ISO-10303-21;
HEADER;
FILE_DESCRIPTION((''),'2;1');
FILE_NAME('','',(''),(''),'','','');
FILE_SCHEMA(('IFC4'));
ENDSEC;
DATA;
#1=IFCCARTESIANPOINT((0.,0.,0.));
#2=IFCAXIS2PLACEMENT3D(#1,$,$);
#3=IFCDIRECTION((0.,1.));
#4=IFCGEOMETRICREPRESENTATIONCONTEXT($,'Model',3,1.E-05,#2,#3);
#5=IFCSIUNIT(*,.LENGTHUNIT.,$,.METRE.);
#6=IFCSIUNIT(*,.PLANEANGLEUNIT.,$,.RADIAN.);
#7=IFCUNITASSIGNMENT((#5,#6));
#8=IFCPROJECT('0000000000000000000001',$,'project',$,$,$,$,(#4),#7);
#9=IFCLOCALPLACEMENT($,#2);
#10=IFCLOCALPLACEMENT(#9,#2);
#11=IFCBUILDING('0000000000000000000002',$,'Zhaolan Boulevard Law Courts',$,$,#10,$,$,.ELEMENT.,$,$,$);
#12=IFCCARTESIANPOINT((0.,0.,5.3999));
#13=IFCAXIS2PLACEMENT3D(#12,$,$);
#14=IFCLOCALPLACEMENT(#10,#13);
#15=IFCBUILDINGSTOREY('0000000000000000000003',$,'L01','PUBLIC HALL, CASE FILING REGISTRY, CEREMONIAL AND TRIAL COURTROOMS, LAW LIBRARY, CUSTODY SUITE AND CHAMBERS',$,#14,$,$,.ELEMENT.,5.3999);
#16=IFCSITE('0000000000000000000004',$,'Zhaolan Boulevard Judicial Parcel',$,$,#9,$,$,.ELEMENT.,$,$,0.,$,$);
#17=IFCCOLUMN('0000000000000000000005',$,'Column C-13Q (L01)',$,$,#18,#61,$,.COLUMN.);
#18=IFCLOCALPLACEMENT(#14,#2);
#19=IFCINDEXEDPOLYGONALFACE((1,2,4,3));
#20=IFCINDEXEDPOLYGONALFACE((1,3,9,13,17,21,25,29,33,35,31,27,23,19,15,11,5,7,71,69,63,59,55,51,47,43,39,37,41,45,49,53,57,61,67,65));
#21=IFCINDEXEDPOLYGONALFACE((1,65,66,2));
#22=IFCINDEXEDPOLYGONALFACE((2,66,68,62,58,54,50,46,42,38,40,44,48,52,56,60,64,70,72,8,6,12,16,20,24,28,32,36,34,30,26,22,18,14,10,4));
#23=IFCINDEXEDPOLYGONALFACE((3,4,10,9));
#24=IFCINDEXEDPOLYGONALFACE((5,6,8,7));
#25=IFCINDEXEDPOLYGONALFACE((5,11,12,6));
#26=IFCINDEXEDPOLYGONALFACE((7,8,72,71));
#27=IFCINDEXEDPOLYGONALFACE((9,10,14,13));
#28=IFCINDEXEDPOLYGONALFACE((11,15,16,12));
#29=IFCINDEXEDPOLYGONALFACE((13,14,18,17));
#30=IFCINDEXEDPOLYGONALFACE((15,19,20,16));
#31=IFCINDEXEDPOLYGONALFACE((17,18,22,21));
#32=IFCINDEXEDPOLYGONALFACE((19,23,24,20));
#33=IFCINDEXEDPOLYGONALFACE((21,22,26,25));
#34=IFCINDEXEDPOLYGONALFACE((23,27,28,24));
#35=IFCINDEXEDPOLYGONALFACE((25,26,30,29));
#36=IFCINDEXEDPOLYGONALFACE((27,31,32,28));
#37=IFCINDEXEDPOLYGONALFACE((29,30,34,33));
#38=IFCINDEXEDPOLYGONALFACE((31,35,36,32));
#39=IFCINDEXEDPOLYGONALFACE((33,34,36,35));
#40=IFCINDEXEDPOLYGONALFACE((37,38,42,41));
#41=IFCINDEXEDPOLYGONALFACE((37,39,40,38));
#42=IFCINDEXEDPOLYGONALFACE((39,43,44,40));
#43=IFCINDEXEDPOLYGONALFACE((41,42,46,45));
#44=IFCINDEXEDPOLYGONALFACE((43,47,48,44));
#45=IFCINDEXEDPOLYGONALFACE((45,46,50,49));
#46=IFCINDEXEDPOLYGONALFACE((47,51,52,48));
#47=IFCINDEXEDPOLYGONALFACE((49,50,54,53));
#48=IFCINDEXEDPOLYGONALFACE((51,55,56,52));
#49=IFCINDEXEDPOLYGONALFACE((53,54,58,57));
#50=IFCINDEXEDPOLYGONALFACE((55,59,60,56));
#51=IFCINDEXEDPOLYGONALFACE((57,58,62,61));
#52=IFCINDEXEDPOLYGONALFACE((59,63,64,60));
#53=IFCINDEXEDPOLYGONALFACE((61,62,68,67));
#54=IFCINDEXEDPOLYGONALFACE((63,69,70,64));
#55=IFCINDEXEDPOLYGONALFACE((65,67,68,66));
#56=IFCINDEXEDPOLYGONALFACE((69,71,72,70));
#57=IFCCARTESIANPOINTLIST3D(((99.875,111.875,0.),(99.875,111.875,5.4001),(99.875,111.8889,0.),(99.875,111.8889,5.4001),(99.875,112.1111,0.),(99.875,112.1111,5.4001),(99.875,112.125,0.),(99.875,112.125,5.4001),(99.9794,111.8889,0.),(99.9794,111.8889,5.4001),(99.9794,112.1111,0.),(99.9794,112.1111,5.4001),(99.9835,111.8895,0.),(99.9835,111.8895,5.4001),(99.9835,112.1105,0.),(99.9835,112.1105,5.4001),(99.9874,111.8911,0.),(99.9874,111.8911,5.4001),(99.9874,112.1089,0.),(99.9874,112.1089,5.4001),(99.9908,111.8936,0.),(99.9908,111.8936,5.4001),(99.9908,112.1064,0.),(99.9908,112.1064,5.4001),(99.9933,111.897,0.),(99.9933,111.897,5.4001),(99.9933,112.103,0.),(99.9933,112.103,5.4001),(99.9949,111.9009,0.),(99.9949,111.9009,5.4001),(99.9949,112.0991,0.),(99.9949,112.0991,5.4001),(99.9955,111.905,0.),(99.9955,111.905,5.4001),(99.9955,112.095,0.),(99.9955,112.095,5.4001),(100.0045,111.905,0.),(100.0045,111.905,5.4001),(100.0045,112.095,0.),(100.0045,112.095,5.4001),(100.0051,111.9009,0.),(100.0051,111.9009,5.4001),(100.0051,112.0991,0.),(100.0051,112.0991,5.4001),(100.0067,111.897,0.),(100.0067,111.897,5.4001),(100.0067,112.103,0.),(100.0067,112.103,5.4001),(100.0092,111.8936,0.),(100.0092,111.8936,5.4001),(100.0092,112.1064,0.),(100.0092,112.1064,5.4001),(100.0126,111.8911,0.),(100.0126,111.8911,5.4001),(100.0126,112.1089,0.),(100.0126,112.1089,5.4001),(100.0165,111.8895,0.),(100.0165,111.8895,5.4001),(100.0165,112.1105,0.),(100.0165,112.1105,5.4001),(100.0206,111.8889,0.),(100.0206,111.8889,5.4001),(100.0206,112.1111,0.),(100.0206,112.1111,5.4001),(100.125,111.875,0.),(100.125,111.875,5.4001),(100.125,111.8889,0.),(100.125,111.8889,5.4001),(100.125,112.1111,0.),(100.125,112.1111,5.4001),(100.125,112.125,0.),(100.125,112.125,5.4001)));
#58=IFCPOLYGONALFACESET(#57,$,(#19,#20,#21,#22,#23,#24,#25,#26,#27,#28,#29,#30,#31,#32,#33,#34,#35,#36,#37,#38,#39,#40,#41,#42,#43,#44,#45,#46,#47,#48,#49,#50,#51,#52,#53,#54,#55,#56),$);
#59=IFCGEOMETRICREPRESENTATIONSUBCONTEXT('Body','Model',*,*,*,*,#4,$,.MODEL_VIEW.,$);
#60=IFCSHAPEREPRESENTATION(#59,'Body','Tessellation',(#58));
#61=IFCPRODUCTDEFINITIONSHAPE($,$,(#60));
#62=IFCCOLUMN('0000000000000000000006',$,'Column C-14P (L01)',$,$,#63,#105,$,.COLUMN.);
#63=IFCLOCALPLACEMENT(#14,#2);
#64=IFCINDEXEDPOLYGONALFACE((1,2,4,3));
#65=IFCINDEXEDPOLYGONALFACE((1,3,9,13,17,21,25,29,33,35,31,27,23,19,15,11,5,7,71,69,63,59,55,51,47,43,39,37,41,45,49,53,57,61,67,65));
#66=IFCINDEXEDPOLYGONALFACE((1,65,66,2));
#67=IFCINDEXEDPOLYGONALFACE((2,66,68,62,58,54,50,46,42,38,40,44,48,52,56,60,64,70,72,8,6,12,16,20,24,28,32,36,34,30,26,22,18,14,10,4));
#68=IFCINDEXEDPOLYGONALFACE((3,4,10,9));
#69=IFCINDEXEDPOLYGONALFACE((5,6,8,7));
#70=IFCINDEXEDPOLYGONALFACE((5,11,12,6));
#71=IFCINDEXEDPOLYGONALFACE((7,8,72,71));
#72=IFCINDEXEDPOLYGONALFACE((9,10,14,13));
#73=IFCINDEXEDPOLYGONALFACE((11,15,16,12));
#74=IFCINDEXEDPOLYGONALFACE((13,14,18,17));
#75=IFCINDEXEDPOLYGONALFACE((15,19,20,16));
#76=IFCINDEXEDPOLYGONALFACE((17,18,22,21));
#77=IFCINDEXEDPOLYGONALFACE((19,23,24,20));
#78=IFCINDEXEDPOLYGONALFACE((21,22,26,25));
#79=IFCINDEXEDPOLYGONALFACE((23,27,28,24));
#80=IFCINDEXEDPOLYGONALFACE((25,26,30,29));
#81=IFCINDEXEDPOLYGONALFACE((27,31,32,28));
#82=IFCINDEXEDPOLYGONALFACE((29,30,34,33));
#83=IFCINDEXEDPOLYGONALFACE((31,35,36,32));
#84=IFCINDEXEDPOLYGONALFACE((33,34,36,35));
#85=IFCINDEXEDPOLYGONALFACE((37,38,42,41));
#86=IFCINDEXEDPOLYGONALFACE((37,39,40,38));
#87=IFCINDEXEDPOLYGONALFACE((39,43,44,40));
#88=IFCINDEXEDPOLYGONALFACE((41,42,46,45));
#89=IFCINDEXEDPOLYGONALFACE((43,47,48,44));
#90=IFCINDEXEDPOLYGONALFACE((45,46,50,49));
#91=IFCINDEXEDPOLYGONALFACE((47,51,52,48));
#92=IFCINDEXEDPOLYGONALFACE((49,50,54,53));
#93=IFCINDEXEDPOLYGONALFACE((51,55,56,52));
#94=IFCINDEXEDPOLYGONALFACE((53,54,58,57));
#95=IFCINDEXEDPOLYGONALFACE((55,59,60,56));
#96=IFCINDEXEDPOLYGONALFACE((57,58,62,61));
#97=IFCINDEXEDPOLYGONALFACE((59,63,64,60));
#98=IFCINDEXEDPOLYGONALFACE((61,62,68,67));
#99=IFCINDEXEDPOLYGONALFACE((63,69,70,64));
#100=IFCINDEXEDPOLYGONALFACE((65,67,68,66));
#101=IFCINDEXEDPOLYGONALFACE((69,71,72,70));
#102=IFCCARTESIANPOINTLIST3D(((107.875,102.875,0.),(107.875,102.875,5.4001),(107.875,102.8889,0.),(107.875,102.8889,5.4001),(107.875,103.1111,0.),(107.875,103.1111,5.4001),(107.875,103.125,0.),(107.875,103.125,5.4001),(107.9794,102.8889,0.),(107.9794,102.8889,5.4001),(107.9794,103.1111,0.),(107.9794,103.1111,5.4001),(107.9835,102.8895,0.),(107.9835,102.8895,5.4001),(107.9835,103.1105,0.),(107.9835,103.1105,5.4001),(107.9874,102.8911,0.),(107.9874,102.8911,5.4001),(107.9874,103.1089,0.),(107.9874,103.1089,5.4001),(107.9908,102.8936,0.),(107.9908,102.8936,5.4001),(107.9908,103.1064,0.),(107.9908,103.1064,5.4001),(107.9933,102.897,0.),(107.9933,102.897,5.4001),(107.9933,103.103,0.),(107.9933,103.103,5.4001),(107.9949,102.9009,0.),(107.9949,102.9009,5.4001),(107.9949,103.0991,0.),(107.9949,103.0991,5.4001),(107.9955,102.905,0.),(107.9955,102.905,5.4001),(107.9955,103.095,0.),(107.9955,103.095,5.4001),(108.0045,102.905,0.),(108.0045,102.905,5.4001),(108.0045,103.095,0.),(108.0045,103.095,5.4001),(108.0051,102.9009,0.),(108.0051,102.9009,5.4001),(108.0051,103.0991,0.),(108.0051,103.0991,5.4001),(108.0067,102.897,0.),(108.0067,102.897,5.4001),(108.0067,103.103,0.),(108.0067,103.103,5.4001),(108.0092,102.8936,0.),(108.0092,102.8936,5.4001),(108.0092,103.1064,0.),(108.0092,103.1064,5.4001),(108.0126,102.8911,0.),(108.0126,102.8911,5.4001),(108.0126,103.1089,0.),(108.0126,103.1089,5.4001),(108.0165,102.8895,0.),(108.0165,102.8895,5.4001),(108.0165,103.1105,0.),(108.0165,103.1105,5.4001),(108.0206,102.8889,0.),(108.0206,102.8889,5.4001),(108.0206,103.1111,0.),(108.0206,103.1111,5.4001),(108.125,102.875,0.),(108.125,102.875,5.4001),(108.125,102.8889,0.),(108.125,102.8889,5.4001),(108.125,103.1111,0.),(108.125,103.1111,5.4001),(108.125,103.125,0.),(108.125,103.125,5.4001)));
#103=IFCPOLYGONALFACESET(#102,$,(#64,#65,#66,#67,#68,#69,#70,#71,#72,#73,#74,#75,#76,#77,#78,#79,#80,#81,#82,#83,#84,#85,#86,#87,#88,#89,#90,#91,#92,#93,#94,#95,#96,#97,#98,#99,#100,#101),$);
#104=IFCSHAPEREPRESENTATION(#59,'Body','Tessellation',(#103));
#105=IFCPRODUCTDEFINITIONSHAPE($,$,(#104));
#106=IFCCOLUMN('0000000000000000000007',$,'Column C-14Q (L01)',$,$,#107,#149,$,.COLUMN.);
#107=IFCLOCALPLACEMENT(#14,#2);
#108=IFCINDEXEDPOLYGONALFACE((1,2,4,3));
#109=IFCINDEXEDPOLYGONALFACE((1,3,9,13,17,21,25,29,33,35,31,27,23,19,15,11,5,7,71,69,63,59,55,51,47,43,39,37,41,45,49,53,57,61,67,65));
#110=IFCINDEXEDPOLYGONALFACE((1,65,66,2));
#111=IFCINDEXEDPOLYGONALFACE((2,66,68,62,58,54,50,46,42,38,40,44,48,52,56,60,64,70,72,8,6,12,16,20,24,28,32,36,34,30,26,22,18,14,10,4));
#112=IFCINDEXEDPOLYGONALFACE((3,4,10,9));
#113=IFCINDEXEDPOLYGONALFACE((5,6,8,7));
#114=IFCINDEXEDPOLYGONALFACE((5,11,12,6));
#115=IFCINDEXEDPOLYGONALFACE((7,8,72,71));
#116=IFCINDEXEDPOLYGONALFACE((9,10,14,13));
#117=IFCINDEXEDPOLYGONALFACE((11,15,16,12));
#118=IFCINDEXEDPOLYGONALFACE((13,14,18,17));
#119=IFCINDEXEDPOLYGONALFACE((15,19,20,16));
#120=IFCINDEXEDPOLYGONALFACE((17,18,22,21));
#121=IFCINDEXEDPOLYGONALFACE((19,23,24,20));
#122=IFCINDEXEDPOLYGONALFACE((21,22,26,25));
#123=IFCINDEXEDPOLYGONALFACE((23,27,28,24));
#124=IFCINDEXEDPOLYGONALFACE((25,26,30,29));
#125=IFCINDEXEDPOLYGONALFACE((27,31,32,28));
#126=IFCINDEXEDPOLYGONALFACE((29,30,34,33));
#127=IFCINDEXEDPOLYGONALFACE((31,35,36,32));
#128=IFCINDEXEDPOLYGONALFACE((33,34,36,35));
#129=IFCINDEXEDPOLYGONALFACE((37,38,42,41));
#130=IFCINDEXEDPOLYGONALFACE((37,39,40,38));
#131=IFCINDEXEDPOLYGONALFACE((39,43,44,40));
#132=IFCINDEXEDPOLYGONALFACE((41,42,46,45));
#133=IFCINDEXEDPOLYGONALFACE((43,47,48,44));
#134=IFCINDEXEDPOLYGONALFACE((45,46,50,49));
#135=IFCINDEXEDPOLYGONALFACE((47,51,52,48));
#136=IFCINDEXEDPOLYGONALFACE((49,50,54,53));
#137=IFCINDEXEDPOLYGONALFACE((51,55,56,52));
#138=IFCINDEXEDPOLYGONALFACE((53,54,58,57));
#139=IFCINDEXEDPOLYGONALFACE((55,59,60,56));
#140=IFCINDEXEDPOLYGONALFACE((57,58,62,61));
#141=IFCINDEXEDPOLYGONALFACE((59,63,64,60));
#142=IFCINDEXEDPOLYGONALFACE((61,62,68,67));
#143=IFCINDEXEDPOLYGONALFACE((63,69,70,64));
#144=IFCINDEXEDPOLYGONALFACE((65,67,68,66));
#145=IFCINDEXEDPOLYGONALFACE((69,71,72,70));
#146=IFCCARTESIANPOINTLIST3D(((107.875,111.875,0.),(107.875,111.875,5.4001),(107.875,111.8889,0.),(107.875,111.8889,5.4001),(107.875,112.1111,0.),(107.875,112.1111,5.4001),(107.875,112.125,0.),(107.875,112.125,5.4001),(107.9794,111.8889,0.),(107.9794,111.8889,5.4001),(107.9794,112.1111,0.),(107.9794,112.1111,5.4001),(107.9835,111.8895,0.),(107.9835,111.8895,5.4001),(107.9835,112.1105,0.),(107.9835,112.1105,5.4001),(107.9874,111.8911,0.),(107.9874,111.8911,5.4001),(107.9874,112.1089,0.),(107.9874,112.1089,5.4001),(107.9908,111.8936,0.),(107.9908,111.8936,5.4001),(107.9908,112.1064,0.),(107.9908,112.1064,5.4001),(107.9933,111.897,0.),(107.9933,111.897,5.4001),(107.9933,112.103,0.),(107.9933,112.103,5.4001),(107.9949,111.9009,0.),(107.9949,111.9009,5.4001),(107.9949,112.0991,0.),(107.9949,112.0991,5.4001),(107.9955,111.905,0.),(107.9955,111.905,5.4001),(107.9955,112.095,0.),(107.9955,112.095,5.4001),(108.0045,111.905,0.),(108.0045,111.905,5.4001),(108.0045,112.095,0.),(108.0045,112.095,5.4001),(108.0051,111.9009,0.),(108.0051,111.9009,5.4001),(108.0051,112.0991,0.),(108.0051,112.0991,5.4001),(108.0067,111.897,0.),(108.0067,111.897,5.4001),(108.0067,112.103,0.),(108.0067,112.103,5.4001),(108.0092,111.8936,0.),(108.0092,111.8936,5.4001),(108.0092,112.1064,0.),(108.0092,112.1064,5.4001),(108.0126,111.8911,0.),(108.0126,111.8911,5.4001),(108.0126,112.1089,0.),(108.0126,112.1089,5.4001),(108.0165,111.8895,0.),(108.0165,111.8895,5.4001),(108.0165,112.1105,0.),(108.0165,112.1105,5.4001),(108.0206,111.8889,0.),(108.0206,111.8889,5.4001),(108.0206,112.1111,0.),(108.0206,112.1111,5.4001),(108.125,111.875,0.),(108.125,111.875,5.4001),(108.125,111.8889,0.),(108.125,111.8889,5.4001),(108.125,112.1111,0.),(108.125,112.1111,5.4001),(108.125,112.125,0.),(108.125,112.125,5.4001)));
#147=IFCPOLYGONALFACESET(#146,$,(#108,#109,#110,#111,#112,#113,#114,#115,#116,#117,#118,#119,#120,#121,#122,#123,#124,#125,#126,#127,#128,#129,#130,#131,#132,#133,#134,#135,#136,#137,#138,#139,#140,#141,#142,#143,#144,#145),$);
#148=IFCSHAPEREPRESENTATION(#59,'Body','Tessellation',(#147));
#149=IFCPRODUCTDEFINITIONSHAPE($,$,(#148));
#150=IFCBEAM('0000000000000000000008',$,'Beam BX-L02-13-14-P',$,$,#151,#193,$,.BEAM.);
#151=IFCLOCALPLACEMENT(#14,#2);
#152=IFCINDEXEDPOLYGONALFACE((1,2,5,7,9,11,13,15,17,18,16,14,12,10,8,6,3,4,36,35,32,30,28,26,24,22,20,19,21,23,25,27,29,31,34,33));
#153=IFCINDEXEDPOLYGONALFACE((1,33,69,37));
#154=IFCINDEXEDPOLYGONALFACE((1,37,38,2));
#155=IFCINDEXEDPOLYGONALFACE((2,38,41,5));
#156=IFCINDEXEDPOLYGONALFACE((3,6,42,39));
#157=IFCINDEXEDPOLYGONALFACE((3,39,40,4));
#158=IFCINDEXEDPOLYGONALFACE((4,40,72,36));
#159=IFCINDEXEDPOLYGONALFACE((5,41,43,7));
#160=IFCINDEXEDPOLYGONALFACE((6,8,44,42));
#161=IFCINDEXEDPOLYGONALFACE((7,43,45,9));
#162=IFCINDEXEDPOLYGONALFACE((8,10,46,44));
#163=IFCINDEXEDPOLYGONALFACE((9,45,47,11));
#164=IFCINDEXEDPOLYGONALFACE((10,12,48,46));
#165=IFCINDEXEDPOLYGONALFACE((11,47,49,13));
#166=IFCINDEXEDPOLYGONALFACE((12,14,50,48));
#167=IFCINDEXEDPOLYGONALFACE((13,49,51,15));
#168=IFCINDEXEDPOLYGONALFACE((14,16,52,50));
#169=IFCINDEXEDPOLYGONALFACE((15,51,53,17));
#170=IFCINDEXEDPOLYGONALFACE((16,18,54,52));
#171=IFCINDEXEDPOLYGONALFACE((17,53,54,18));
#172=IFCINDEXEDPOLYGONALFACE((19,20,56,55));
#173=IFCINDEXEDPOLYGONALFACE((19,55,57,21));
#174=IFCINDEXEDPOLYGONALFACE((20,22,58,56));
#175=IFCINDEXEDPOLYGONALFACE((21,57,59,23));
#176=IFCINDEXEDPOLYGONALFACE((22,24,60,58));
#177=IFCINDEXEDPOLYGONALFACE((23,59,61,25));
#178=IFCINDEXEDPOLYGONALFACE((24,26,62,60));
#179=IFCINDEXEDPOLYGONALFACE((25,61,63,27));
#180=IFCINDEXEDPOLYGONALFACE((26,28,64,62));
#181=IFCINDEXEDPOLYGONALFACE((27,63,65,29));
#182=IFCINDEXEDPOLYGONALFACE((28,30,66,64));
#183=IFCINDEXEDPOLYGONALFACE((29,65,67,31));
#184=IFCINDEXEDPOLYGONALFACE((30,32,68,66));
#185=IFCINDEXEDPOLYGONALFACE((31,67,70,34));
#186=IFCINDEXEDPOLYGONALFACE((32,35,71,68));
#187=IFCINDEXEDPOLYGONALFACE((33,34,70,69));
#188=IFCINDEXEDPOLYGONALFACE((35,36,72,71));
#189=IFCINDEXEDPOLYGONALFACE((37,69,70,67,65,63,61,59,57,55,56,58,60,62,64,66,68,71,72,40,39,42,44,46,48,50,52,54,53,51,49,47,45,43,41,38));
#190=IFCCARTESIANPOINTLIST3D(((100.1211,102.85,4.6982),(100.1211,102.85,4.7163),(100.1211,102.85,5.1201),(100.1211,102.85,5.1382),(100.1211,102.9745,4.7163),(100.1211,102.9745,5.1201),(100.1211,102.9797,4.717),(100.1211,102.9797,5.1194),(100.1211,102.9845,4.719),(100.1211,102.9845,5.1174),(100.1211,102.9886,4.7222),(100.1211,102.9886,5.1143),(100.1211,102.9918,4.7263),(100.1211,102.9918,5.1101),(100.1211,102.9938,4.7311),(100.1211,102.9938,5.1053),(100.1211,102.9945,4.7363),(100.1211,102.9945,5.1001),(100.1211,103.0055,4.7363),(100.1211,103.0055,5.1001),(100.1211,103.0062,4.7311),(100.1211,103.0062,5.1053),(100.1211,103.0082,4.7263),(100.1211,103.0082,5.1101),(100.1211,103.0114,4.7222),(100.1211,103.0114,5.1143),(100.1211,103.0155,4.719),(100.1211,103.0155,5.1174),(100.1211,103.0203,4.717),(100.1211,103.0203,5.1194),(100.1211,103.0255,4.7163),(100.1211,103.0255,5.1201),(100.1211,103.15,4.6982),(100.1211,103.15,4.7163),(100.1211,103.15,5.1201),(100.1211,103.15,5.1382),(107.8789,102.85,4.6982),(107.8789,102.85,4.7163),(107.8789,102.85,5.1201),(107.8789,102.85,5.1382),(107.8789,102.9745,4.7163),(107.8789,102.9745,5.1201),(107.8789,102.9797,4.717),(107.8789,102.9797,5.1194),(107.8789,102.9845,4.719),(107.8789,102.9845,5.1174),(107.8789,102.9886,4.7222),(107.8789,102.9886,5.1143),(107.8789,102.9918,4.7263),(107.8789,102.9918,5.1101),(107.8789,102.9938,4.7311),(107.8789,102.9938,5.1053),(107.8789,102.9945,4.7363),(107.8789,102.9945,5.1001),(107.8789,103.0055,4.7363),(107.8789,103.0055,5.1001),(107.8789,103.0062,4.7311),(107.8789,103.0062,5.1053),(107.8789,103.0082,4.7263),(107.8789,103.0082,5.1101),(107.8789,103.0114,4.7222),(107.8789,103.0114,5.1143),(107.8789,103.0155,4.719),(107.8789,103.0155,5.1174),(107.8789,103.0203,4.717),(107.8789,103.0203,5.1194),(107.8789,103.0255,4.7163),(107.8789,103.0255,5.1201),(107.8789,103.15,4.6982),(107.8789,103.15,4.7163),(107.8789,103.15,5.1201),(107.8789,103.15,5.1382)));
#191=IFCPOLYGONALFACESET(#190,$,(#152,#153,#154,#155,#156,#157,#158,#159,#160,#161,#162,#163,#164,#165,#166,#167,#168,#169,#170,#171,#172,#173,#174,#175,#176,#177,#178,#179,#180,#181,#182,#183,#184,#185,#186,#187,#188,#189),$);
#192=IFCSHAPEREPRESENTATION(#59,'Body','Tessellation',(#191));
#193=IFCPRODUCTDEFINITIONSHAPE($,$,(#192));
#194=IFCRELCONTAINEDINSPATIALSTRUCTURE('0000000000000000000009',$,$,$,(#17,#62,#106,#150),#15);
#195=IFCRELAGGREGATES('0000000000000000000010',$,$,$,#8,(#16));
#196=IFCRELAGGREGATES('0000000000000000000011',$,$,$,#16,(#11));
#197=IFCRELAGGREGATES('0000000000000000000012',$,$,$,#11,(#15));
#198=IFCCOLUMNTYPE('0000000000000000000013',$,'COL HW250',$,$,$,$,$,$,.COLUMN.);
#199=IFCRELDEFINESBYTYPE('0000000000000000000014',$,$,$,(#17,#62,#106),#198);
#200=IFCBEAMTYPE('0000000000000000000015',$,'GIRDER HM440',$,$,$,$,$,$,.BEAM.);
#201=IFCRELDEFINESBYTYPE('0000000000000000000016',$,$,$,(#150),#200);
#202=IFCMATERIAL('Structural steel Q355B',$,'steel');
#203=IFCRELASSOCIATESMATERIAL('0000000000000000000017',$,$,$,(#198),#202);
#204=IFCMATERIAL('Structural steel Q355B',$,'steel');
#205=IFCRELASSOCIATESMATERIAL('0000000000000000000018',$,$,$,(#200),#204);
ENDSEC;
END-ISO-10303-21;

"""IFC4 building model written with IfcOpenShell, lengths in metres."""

from ifc_helpers import new_model, si_unit, direction, frame, origin, origin_2d, place, context, subcontext, project, spatial, i_section, extrude, material, material_profile, profile_set, type_object, element, save


model = new_model("IFC4")

# Units and contexts
model_context = context("Model", 3, precision=1e-05, world=origin(), true_north=direction((0.0, 1.0)))
body_context = subcontext(model_context, "Body", "Model", "MODEL_VIEW")
ifc_project = project(units=[si_unit("LENGTHUNIT", "METRE"), si_unit("PLANEANGLEUNIT", "RADIAN")], contexts=[model_context])

# Site, building, storey
site_placement = place(None, origin())
site = spatial("IfcSite", under=ifc_project, at=site_placement, Name="Zhaolan Boulevard Judicial Parcel", CompositionType="ELEMENT", RefElevation=0.0)
building_placement = place(site_placement, origin())
building = spatial("IfcBuilding", under=site, at=building_placement, Name="Zhaolan Boulevard Law Courts", CompositionType="ELEMENT")
storey_placement = place(building_placement, frame((0.0, 0.0, 5.3999)))
storey = spatial("IfcBuildingStorey", under=building, at=storey_placement, Name="L01", Description="PUBLIC HALL, CASE FILING REGISTRY, CEREMONIAL AND TRIAL COURTROOMS, LAW LIBRARY, CUSTODY SUITE AND CHAMBERS", CompositionType="ELEMENT", Elevation=5.3999)

# Columns
ifc_material_1 = material(Name="Structural steel Q355B", Category="steel")
ifc_material_profile_1 = material_profile(ifc_material_1, i_section(OverallWidth=0.25, OverallDepth=0.25, WebThickness=0.009, FlangeThickness=0.0139, FilletRadius=0.0161, at=origin_2d()), Name="HW250x250")
ifc_profile_set_1 = profile_set([ifc_material_profile_1], Name="Structural steel Q355B")
column_type = type_object("IfcColumnType", Name="COL HW250", PredefinedType="COLUMN", material=ifc_profile_set_1)
for number, where, z_axis, x_axis, name in (
    (1, (100.0, 112.0, 0.0), (0.0, 0.0, 1.0), (1.0, 0.0, 0.0), "Column C-13Q (L01)"),
    (2, (108.0, 103.0, 0.0), (0.0, 0.0, 1.0), (1.0, 0.0, 0.0), "Column C-14P (L01)"),
    (3, (108.0, 112.0, 0.0), (0.0, 0.0, 1.0), (1.0, 0.0, 0.0), "Column C-14Q (L01)"),
):
    element("IfcColumn", number, at=place(storey_placement, frame(where, z_axis=z_axis, x_axis=x_axis)), inside=storey, type_object=column_type, Name=name, PredefinedType="COLUMN", context=body_context, shape_type="SweptSolid", body=[
        extrude(i_section(OverallWidth=0.25, OverallDepth=0.25, WebThickness=0.009, FlangeThickness=0.0139, FilletRadius=0.0161, at=origin_2d()), origin(), (0.0, 0.0, 1.0), 5.4001),
    ])

# Beam
ifc_material_2 = material(Name="Structural steel Q355B", Category="steel")
ifc_material_profile_2 = material_profile(ifc_material_2, i_section(OverallWidth=0.3, OverallDepth=0.4399, WebThickness=0.011, FlangeThickness=0.0181, FilletRadius=0.02, at=origin_2d()), Name="HM440x300")
ifc_profile_set_2 = profile_set([ifc_material_profile_2], Name="Structural steel Q355B")
beam_type_1 = type_object("IfcBeamType", Name="GIRDER HM440", PredefinedType="BEAM", material=ifc_profile_set_2)
beam_1_placement = place(storey_placement, frame((100.1211, 103.0, 4.9182), z_axis=(1.0, 0.0, 0.0), x_axis=(0.0, 1.0, 0.0)))
element("IfcBeam", 4, at=beam_1_placement, inside=storey, type_object=beam_type_1, Name="Beam BX-L02-13-14-P", PredefinedType="BEAM", context=body_context, shape_type="SweptSolid", body=[
    extrude(i_section(OverallWidth=0.3, OverallDepth=0.4399, WebThickness=0.011, FlangeThickness=0.0181, FilletRadius=0.02, at=origin_2d()), origin(), (0.0, 0.0, 1.0), 7.7578),
])

save(model, "model.ifc")
